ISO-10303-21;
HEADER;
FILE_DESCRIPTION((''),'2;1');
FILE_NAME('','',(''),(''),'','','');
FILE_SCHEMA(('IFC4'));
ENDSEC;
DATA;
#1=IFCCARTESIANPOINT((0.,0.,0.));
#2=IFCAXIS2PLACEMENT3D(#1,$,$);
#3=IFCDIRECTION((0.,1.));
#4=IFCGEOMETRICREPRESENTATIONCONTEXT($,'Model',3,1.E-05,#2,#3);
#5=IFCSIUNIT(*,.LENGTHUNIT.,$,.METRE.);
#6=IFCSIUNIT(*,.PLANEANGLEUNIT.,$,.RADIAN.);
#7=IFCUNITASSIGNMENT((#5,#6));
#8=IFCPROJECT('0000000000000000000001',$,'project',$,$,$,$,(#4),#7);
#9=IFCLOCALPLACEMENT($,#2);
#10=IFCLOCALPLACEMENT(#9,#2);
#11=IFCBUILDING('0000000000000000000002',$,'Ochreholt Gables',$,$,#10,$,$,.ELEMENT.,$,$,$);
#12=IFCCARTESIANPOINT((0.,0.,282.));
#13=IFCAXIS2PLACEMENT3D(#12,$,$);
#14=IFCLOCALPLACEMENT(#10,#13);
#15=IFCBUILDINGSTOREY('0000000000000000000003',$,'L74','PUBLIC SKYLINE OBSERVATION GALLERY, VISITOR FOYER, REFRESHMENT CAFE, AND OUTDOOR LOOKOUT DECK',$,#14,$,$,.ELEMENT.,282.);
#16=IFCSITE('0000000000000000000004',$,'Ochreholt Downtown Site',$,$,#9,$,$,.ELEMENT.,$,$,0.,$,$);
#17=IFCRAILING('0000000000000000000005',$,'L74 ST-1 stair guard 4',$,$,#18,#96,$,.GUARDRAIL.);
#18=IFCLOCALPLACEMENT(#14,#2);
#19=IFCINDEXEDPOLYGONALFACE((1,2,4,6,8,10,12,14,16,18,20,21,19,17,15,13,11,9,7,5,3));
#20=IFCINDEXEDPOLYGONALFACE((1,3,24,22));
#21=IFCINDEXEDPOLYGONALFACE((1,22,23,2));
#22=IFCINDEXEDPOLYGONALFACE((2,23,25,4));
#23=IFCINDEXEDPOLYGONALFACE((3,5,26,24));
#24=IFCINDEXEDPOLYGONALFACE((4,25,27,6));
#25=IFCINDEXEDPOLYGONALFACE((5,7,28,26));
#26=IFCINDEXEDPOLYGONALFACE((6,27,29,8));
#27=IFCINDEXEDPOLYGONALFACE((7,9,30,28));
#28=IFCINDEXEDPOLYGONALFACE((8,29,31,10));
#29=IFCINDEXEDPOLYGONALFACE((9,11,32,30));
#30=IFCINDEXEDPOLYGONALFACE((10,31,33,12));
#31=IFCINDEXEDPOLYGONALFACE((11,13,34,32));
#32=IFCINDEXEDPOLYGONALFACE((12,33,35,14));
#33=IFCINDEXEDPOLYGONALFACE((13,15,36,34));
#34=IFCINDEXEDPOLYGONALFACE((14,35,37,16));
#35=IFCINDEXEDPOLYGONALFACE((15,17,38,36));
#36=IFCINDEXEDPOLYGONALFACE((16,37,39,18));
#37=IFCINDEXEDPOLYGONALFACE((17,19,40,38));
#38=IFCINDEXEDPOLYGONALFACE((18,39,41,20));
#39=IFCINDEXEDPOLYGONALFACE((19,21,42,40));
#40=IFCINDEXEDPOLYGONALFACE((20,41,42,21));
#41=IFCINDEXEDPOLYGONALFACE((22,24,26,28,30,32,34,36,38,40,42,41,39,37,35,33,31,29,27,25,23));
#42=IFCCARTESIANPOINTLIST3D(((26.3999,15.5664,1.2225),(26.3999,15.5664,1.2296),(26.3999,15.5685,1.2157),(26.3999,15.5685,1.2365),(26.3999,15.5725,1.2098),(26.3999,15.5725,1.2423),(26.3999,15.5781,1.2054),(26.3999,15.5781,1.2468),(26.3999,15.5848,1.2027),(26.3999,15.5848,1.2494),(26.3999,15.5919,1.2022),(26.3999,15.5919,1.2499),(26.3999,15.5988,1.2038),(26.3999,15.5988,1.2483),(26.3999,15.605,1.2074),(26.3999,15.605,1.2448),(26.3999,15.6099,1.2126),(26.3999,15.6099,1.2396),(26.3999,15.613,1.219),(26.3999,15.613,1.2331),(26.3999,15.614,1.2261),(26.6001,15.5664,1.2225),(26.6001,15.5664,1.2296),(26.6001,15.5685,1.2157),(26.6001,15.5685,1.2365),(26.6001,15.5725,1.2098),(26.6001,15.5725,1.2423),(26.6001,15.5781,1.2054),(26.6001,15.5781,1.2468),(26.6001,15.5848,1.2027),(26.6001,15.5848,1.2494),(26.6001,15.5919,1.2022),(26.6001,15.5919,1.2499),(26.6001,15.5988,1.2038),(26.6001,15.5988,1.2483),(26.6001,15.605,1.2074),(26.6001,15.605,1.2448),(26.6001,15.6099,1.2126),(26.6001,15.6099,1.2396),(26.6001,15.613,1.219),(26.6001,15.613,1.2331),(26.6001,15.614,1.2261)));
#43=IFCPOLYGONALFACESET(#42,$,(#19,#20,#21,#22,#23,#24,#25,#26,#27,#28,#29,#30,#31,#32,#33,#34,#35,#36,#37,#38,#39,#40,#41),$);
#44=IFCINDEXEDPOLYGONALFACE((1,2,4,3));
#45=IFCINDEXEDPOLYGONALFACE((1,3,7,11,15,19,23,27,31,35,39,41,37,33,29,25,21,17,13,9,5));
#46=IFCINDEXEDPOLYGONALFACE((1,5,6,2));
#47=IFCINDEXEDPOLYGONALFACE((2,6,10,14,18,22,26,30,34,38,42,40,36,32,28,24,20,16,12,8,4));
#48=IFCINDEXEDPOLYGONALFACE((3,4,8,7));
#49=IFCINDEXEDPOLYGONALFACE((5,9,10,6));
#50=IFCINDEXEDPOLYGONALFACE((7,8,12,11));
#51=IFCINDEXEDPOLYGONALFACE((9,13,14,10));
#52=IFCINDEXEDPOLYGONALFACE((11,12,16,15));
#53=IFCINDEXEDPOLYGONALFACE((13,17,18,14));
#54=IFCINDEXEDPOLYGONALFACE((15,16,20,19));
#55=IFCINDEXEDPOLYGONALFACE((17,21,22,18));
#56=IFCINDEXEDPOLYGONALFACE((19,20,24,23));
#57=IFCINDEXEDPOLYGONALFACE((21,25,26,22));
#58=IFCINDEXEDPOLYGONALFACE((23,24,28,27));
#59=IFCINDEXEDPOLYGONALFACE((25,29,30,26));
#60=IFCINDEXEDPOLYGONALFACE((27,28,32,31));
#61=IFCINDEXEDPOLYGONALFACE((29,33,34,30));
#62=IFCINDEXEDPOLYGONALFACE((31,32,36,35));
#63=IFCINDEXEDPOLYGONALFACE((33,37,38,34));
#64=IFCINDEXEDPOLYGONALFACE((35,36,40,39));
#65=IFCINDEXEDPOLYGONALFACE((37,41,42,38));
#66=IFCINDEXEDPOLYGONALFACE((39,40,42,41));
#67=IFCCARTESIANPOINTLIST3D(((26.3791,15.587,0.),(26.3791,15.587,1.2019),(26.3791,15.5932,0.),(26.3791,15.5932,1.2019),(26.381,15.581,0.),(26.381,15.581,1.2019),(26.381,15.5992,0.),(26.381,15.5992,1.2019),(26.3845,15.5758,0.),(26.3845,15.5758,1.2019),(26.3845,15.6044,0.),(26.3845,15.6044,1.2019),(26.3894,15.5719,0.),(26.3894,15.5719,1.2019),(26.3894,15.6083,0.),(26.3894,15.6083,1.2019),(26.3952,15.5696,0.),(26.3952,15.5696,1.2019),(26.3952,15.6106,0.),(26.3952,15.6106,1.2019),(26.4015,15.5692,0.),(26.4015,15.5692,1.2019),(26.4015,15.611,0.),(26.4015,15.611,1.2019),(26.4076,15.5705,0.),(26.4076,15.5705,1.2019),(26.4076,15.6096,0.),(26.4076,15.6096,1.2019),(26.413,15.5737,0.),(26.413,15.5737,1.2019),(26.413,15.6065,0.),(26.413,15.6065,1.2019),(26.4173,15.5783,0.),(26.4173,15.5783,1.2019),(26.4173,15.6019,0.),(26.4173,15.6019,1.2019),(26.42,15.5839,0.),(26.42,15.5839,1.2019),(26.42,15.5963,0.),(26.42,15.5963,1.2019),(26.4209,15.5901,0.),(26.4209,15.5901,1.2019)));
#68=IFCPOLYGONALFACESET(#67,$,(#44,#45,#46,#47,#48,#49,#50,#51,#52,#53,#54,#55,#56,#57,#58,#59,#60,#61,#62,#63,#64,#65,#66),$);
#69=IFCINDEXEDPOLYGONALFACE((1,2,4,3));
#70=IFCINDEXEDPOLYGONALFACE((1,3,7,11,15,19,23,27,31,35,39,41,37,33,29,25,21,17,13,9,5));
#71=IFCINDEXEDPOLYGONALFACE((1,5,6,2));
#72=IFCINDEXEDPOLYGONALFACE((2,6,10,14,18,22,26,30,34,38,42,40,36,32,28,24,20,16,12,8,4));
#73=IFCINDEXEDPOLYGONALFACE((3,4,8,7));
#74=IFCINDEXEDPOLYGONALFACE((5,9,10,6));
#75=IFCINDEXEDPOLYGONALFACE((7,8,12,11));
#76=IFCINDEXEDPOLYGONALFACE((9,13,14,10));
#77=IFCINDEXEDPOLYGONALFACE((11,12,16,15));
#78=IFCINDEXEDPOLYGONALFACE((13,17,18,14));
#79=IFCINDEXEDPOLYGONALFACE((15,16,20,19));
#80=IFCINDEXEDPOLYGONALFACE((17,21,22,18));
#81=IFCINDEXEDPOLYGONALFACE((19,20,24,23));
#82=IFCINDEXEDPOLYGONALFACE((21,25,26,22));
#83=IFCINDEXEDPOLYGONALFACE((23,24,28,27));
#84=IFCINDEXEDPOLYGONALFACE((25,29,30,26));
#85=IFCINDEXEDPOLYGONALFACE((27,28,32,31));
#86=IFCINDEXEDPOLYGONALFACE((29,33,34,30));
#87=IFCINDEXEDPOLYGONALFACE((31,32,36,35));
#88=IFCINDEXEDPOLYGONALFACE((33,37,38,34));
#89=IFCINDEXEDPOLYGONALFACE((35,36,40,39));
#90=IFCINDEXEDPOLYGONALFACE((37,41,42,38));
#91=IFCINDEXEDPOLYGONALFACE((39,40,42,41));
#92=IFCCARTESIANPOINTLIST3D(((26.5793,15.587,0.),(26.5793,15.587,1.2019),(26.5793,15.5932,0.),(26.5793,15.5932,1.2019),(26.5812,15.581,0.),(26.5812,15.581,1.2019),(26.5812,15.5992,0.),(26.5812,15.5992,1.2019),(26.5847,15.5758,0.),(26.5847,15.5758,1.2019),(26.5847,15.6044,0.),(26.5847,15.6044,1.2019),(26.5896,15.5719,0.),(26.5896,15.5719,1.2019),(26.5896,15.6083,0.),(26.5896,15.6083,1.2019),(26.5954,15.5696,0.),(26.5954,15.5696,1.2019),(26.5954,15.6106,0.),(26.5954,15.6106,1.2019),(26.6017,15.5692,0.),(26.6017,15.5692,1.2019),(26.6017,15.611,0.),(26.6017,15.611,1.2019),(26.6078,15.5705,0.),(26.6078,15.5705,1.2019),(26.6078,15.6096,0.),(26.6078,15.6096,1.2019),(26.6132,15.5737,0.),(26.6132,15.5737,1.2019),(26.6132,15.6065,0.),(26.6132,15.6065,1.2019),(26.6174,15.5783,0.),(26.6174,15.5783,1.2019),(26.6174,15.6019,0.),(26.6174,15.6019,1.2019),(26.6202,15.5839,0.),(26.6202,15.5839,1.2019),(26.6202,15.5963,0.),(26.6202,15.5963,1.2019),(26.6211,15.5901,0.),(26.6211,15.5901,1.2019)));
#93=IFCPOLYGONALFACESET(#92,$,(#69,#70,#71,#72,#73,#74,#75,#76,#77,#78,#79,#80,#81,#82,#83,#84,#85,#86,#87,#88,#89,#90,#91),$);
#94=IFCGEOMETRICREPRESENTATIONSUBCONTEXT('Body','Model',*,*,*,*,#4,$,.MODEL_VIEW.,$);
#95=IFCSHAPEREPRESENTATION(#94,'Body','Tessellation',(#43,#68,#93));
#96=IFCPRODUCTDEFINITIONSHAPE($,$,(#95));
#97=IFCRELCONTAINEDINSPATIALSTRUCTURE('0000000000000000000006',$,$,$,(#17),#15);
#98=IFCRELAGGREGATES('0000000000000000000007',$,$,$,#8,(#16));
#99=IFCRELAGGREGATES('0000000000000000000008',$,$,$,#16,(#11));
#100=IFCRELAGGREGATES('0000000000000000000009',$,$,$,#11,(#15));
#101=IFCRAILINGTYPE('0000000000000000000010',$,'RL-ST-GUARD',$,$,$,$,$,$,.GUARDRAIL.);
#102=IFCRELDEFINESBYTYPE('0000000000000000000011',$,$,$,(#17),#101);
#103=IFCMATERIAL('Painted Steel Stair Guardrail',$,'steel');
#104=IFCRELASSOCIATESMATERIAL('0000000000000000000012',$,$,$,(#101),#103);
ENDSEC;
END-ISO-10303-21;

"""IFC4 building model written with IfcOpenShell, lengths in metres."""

from ifc_helpers import new_model, si_unit, direction, frame, origin, origin_2d, place, context, subcontext, project, spatial, circle, extrude, material, type_object, element, save


model = new_model("IFC4")

# Units and contexts
model_context = context("Model", 3, precision=1e-05, world=origin(), true_north=direction((0.0, 1.0)))
body_context = subcontext(model_context, "Body", "Model", "MODEL_VIEW")
ifc_project = project(units=[si_unit("LENGTHUNIT", "METRE"), si_unit("PLANEANGLEUNIT", "RADIAN")], contexts=[model_context])

# Site, building, storey
site_placement = place(None, origin())
site = spatial("IfcSite", under=ifc_project, at=site_placement, Name="Ochreholt Downtown Site", CompositionType="ELEMENT", RefElevation=0.0)
building_placement = place(site_placement, origin())
building = spatial("IfcBuilding", under=site, at=building_placement, Name="Ochreholt Gables", CompositionType="ELEMENT")
storey_placement = place(building_placement, frame((0.0, 0.0, 282.0)))
storey = spatial("IfcBuildingStorey", under=building, at=storey_placement, Name="L74", Description="PUBLIC SKYLINE OBSERVATION GALLERY, VISITOR FOYER, REFRESHMENT CAFE, AND OUTDOOR LOOKOUT DECK", CompositionType="ELEMENT", Elevation=282.0)

# Railing
ifc_material_1 = material(Name="Painted Steel Stair Guardrail", Category="steel")
railing_type_1 = type_object("IfcRailingType", Name="RL-ST-GUARD", PredefinedType="GUARDRAIL", material=ifc_material_1)
railing_1_placement = place(storey_placement, frame((26.3999, 15.5901, 0.0)))
element("IfcRailing", 1, at=railing_1_placement, inside=storey, type_object=railing_type_1, Name="L74 ST-1 stair guard 4", PredefinedType="GUARDRAIL", context=body_context, shape_type="SweptSolid", body=[
    extrude(circle(Radius=0.0239, at=origin_2d()), frame((0.0, 0.0, 1.2261), z_axis=(1.0, 0.0, 0.0), x_axis=(0.0, 1.0, 0.0)), (0.0, 0.0, 1.0), 0.2002),
    extrude(circle(Radius=0.021, at=origin_2d()), origin(), (0.0, 0.0, 1.0), 1.2019),
    extrude(circle(Radius=0.021, at=origin_2d()), frame((0.2002, 0.0, 0.0)), (0.0, 0.0, 1.0), 1.2019),
])

save(model, "model.ifc")
